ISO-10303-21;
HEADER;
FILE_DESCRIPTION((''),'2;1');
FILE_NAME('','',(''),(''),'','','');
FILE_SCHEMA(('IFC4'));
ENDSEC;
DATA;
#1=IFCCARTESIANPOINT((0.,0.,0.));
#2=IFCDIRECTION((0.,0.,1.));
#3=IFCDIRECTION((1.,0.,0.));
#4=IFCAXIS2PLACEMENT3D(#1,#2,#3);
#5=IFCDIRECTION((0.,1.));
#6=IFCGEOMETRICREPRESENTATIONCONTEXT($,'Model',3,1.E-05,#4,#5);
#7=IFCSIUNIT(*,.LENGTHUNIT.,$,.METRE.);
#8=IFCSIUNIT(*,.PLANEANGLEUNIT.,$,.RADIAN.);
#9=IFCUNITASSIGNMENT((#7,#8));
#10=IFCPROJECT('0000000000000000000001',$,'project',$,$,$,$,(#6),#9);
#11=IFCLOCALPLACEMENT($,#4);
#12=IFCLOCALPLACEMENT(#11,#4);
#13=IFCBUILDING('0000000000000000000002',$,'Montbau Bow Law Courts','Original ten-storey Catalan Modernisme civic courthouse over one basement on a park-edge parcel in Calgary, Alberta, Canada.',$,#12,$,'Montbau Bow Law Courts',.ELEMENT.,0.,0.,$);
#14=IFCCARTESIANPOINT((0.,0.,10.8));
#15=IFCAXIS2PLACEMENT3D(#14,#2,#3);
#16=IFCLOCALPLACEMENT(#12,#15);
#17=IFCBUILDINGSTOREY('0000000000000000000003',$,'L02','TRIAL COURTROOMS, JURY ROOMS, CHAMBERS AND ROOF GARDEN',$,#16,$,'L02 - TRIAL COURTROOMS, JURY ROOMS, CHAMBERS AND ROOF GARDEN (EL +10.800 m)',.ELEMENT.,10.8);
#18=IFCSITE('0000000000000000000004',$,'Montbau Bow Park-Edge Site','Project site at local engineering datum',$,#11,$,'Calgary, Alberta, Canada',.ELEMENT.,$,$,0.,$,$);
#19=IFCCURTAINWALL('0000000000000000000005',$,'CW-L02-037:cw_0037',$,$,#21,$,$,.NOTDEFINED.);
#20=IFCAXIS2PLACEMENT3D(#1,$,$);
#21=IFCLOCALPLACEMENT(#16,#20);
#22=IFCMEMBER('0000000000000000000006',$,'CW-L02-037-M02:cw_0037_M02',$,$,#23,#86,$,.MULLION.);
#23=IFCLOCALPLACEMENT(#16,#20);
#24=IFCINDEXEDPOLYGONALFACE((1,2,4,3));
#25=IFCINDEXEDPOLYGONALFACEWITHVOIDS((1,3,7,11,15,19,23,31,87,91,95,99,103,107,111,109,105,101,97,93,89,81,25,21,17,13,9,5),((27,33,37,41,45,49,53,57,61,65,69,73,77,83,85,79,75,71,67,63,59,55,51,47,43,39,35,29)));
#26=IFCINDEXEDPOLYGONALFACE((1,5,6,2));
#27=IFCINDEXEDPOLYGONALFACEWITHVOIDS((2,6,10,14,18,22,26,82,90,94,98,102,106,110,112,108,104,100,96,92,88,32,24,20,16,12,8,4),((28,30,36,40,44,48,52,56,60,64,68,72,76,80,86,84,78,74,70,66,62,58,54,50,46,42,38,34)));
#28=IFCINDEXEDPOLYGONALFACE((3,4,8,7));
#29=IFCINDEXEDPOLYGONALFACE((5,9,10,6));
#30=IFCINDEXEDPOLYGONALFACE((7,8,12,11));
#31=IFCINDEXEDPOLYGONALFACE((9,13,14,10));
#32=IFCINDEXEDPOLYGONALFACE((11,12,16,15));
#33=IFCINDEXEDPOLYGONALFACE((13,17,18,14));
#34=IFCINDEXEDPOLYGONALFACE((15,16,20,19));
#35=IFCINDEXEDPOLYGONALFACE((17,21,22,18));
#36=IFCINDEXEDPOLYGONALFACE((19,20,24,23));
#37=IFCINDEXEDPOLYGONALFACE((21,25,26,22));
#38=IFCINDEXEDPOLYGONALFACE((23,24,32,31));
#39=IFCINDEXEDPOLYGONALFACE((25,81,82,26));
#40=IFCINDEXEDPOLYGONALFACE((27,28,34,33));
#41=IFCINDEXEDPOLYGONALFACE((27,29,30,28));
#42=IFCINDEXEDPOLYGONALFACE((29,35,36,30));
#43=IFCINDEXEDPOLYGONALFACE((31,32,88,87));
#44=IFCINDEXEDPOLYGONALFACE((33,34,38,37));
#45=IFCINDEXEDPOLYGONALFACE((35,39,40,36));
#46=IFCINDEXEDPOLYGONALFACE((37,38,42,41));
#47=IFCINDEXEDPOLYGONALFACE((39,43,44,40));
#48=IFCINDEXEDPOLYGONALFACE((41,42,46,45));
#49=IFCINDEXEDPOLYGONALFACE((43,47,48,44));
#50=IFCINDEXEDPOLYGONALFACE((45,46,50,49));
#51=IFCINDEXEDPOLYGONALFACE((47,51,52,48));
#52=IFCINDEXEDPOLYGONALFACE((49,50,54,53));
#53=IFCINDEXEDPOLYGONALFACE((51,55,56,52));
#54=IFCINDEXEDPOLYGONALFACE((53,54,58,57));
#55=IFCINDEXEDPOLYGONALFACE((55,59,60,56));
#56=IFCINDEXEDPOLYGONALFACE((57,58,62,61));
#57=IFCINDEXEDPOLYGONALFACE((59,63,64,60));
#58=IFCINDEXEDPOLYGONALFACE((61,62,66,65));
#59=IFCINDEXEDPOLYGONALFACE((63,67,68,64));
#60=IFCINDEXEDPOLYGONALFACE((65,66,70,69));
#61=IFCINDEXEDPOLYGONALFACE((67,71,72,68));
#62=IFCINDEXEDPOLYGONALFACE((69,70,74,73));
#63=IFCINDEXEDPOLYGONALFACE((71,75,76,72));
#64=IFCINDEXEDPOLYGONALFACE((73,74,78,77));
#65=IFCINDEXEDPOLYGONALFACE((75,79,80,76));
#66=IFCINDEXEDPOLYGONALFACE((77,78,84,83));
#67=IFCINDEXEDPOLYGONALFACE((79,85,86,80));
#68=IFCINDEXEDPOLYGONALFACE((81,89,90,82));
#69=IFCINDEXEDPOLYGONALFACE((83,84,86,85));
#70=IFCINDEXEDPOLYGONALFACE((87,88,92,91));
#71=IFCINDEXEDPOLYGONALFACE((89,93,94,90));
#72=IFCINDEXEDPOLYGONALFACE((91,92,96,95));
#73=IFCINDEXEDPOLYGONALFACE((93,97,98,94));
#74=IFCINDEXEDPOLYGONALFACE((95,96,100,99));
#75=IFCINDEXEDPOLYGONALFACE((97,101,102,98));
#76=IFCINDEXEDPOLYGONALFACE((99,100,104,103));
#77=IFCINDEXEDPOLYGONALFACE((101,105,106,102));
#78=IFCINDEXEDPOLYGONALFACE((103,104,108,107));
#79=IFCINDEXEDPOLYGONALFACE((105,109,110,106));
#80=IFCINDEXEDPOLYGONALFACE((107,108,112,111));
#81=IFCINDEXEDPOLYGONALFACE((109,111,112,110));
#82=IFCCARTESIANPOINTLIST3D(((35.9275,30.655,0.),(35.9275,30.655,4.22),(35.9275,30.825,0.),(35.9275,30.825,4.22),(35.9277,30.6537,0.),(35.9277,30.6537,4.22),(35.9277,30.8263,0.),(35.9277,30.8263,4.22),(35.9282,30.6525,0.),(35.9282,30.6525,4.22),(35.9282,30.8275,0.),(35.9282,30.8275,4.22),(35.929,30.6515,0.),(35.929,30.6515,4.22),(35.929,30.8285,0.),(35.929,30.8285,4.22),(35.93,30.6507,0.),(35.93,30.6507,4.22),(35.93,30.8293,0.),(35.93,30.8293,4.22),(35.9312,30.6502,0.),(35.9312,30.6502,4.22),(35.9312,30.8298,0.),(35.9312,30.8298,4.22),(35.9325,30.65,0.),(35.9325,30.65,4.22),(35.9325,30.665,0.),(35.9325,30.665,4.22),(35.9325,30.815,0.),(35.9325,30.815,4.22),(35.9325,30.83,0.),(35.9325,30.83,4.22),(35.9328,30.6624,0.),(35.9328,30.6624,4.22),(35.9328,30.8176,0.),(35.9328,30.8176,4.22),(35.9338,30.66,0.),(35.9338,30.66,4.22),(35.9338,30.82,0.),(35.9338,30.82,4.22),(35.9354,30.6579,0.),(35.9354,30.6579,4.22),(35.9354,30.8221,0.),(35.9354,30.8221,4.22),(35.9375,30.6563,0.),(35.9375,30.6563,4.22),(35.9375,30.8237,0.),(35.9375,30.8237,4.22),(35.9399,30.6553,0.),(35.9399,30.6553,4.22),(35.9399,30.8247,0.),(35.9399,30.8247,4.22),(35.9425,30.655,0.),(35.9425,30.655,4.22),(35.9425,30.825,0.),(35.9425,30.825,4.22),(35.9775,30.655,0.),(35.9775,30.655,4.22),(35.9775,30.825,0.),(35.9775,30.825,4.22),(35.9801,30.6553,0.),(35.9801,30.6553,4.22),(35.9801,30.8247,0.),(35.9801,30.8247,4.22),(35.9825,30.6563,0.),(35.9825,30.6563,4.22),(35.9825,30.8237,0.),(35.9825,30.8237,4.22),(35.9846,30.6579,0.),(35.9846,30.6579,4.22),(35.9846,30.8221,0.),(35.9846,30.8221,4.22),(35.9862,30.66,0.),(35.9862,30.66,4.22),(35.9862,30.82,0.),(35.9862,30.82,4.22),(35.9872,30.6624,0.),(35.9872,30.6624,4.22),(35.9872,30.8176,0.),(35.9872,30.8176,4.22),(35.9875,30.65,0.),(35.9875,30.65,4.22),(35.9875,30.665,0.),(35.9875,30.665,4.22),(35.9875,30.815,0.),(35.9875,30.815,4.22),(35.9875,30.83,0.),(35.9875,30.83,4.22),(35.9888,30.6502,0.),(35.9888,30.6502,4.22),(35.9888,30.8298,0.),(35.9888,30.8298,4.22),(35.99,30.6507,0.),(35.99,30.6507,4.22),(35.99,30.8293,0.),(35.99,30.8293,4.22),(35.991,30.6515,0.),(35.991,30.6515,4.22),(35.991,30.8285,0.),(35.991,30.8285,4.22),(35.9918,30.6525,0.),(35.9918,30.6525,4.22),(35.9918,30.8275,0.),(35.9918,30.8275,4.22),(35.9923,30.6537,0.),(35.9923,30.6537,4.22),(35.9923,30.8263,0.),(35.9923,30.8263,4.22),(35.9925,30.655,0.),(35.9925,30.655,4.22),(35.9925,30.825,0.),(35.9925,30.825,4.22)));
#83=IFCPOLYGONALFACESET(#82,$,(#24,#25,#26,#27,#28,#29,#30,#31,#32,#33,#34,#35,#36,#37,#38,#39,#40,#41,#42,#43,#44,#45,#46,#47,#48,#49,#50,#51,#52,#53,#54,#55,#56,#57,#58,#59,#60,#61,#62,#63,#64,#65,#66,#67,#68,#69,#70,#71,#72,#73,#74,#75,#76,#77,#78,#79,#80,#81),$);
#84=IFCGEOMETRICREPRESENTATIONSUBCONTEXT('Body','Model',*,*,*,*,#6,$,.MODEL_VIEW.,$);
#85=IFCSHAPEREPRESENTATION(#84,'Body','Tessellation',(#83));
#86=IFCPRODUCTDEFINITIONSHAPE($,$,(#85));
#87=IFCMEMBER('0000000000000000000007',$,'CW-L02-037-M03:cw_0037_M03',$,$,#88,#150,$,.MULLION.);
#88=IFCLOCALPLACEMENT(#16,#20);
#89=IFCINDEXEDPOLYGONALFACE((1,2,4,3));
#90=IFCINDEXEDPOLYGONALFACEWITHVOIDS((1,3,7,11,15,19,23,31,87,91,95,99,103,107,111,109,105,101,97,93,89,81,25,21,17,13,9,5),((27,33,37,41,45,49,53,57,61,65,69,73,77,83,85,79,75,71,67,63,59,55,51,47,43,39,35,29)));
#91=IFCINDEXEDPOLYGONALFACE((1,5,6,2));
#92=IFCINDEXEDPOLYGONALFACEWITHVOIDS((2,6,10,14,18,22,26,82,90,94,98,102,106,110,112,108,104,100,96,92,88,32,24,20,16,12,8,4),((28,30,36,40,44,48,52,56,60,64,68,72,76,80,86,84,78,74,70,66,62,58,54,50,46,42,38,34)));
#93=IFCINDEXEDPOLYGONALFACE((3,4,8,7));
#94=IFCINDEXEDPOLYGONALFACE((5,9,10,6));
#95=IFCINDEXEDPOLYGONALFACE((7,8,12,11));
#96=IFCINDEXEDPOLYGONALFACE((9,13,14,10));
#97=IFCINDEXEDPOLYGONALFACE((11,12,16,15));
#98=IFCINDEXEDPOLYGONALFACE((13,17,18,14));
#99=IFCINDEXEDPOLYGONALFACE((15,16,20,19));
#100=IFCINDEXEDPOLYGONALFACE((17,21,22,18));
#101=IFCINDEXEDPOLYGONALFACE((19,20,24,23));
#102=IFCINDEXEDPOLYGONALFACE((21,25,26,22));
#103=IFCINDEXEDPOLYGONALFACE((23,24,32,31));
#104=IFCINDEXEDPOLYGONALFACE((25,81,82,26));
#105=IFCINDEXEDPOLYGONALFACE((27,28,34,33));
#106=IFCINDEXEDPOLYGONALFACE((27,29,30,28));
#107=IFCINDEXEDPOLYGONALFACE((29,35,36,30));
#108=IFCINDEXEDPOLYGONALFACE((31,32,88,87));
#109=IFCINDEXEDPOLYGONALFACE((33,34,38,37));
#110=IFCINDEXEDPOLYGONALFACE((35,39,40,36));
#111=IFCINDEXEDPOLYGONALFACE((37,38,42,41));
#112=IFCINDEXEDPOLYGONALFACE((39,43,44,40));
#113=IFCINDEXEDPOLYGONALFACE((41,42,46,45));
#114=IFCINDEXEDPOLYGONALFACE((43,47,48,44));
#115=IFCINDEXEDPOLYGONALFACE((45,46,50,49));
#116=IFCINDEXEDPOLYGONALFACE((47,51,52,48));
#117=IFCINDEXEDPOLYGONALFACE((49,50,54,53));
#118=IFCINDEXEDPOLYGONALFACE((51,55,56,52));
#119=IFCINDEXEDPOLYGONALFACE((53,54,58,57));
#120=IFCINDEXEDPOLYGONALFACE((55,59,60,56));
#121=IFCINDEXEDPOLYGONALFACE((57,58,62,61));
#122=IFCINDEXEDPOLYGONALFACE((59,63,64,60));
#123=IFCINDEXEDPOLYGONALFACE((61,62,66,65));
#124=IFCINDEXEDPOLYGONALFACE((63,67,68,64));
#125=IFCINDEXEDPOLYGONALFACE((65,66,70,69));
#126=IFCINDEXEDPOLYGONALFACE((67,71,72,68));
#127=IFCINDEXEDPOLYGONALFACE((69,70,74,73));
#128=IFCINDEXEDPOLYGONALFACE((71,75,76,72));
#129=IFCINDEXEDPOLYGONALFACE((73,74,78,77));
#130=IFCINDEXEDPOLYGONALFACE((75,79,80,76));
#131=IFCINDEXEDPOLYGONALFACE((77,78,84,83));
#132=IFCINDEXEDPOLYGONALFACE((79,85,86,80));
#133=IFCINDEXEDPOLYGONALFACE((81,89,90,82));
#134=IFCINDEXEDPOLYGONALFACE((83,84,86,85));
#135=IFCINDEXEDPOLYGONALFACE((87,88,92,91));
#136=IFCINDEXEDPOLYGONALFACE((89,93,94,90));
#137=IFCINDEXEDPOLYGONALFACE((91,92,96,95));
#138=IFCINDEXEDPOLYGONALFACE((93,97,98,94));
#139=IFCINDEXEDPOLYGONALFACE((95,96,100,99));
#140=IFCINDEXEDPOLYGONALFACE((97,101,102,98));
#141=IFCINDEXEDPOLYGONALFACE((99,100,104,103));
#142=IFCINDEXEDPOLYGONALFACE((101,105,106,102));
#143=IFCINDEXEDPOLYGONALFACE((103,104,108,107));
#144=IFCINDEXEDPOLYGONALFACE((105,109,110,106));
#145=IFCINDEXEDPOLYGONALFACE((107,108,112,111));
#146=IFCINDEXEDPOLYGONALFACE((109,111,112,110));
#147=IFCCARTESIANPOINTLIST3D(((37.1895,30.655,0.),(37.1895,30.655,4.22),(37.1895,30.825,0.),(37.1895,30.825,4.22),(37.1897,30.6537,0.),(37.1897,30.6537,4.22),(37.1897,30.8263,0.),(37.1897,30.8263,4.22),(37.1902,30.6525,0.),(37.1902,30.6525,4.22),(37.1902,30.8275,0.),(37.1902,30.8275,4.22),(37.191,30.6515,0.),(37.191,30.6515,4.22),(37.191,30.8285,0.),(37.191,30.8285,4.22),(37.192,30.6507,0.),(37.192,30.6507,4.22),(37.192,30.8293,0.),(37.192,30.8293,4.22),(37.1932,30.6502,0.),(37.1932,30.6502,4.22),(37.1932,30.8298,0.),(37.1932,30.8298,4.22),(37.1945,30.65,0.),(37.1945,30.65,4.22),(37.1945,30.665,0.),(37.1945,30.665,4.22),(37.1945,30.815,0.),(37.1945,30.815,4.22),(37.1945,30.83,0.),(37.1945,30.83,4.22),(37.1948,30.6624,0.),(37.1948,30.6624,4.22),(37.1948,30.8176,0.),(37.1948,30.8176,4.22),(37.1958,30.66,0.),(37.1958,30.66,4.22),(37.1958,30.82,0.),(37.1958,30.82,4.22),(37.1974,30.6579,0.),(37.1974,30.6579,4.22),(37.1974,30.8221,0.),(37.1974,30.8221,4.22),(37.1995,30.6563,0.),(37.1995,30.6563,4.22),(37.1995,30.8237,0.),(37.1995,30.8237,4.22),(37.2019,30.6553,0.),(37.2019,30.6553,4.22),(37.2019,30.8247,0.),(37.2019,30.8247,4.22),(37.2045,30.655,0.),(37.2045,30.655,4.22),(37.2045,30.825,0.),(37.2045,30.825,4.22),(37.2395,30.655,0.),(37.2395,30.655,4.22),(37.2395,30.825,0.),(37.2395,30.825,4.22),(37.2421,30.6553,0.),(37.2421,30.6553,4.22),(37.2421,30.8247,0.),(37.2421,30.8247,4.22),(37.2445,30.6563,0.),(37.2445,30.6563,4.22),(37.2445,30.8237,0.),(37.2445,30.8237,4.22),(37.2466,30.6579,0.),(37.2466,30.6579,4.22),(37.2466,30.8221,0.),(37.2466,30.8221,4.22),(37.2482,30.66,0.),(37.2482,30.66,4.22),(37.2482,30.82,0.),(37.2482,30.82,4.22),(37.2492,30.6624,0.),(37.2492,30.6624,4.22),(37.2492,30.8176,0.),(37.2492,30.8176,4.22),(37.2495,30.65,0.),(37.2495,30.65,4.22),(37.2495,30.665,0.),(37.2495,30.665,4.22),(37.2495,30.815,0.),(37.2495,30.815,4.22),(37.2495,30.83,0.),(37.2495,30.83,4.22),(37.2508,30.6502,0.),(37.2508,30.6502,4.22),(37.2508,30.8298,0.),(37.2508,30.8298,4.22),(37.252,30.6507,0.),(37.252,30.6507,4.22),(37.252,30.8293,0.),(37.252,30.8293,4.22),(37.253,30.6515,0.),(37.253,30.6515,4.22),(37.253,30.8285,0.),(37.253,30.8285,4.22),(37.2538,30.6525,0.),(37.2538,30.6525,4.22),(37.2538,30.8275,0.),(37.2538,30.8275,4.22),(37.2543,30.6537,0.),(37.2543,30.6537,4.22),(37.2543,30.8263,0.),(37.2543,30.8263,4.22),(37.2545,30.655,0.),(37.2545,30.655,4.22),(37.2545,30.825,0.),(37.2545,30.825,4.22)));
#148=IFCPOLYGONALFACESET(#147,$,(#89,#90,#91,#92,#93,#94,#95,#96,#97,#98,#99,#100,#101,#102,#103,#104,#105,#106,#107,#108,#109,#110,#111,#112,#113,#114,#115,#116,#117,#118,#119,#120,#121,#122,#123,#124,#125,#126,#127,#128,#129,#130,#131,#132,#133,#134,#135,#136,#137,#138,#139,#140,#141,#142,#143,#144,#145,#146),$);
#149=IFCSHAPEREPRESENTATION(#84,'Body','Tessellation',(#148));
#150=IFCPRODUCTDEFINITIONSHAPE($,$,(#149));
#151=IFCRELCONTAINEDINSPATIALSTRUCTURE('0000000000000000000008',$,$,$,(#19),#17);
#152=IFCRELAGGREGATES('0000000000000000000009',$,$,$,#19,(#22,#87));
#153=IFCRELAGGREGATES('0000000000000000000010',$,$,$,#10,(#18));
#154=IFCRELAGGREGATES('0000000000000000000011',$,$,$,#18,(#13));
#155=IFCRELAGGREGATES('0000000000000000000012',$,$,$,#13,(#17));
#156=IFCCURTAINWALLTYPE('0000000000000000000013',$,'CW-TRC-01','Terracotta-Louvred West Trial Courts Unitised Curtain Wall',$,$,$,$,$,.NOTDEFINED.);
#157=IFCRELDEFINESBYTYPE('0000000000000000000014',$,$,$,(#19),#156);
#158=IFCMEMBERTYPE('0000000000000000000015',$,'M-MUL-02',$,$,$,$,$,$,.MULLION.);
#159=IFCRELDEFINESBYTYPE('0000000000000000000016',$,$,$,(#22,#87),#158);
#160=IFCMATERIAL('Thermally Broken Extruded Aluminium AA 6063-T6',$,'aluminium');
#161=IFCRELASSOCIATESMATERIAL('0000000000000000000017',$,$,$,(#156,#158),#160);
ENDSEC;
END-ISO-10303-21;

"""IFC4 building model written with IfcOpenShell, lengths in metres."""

from ifc_helpers import new_model, si_unit, direction, frame, origin_with_axes, origin_2d_with_axis, place, context, subcontext, project, spatial, hollow_rectangle, extrude, material, material_profile, profile_set, type_object, element, aggregate, save


model = new_model("IFC4")

# Units and contexts
model_context = context("Model", 3, precision=1e-05, world=origin_with_axes(), true_north=direction((0.0, 1.0)))
body_context = subcontext(model_context, "Body", "Model", "MODEL_VIEW")
ifc_project = project(units=[si_unit("LENGTHUNIT", "METRE"), si_unit("PLANEANGLEUNIT", "RADIAN")], contexts=[model_context])

# Site, building, storey
site_placement = place(None, origin_with_axes())
site = spatial("IfcSite", under=ifc_project, at=site_placement, Name="Montbau Bow Park-Edge Site", Description="Project site at local engineering datum", LongName="Calgary, Alberta, Canada", CompositionType="ELEMENT", RefElevation=0.0)
building_placement = place(site_placement, origin_with_axes())
building = spatial("IfcBuilding", under=site, at=building_placement, Name="Montbau Bow Law Courts", Description="Original ten-storey Catalan Modernisme civic courthouse over one basement on a park-edge parcel in Calgary, Alberta, Canada.", LongName="Montbau Bow Law Courts", CompositionType="ELEMENT", ElevationOfRefHeight=0.0, ElevationOfTerrain=0.0)
storey_placement = place(building_placement, frame((0.0, 0.0, 10.8), z_axis=(0.0, 0.0, 1.0), x_axis=(1.0, 0.0, 0.0)))
storey = spatial("IfcBuildingStorey", under=building, at=storey_placement, Name="L02", Description="TRIAL COURTROOMS, JURY ROOMS, CHAMBERS AND ROOF GARDEN", LongName="L02 - TRIAL COURTROOMS, JURY ROOMS, CHAMBERS AND ROOF GARDEN (EL +10.800 m)", CompositionType="ELEMENT", Elevation=10.8)

# Curtain wall, members
ifc_material_1 = material(Name="Thermally Broken Extruded Aluminium AA 6063-T6", Category="aluminium")
curtain_wall_type = type_object("IfcCurtainWallType", Name="CW-TRC-01", Description="Terracotta-Louvred West Trial Courts Unitised Curtain Wall", PredefinedType="NOTDEFINED", material=ifc_material_1)
curtain_wall_1_placement = place(None, frame((34.697, 30.74, 10.8), z_axis=(0.0, 0.0, 1.0), x_axis=(1.0, 0.0, 0.0)))
curtain_wall_1 = element("IfcCurtainWall", 1, at=curtain_wall_1_placement, inside=storey, type_object=curtain_wall_type, Name="CW-L02-037:cw_0037", PredefinedType="NOTDEFINED")
ifc_material_profile_1 = material_profile(ifc_material_1, hollow_rectangle(XDim=0.065, YDim=0.18, WallThickness=0.005, InnerFilletRadius=0.01, OuterFilletRadius=0.005, at=origin_2d_with_axis()), Name="CWM-180X65", Category="Main", Priority=0)
ifc_profile_set_1 = profile_set([ifc_material_profile_1], Name="Thermally Broken Extruded Aluminium AA 6063-T6")
member_type_1 = type_object("IfcMemberType", Name="M-MUL-02", PredefinedType="MULLION", material=ifc_profile_set_1)
member_1_placement = place(None, frame((35.96, 30.74, 10.8), z_axis=(0.0, 0.0, 1.0), x_axis=(1.0, 0.0, 0.0)))
member_1 = element("IfcMember", 2, at=member_1_placement, type_object=member_type_1, Name="CW-L02-037-M02:cw_0037_M02", PredefinedType="MULLION", context=body_context, shape_type="SweptSolid", body=[
    extrude(hollow_rectangle(XDim=0.065, YDim=0.18, WallThickness=0.005, InnerFilletRadius=0.01, OuterFilletRadius=0.005, at=origin_2d_with_axis()), origin_with_axes(), (0.0, 0.0, 1.0), 4.22),
])
member_2_placement = place(None, frame((37.222, 30.74, 10.8), z_axis=(0.0, 0.0, 1.0), x_axis=(1.0, 0.0, 0.0)))
member_2 = element("IfcMember", 3, at=member_2_placement, type_object=member_type_1, Name="CW-L02-037-M03:cw_0037_M03", PredefinedType="MULLION", context=body_context, shape_type="SweptSolid", body=[
    extrude(hollow_rectangle(XDim=0.065, YDim=0.18, WallThickness=0.005, InnerFilletRadius=0.01, OuterFilletRadius=0.005, at=origin_2d_with_axis()), origin_with_axes(), (0.0, 0.0, 1.0), 4.22),
])

aggregate(curtain_wall_1, [member_1, member_2])

save(model, "model.ifc")
